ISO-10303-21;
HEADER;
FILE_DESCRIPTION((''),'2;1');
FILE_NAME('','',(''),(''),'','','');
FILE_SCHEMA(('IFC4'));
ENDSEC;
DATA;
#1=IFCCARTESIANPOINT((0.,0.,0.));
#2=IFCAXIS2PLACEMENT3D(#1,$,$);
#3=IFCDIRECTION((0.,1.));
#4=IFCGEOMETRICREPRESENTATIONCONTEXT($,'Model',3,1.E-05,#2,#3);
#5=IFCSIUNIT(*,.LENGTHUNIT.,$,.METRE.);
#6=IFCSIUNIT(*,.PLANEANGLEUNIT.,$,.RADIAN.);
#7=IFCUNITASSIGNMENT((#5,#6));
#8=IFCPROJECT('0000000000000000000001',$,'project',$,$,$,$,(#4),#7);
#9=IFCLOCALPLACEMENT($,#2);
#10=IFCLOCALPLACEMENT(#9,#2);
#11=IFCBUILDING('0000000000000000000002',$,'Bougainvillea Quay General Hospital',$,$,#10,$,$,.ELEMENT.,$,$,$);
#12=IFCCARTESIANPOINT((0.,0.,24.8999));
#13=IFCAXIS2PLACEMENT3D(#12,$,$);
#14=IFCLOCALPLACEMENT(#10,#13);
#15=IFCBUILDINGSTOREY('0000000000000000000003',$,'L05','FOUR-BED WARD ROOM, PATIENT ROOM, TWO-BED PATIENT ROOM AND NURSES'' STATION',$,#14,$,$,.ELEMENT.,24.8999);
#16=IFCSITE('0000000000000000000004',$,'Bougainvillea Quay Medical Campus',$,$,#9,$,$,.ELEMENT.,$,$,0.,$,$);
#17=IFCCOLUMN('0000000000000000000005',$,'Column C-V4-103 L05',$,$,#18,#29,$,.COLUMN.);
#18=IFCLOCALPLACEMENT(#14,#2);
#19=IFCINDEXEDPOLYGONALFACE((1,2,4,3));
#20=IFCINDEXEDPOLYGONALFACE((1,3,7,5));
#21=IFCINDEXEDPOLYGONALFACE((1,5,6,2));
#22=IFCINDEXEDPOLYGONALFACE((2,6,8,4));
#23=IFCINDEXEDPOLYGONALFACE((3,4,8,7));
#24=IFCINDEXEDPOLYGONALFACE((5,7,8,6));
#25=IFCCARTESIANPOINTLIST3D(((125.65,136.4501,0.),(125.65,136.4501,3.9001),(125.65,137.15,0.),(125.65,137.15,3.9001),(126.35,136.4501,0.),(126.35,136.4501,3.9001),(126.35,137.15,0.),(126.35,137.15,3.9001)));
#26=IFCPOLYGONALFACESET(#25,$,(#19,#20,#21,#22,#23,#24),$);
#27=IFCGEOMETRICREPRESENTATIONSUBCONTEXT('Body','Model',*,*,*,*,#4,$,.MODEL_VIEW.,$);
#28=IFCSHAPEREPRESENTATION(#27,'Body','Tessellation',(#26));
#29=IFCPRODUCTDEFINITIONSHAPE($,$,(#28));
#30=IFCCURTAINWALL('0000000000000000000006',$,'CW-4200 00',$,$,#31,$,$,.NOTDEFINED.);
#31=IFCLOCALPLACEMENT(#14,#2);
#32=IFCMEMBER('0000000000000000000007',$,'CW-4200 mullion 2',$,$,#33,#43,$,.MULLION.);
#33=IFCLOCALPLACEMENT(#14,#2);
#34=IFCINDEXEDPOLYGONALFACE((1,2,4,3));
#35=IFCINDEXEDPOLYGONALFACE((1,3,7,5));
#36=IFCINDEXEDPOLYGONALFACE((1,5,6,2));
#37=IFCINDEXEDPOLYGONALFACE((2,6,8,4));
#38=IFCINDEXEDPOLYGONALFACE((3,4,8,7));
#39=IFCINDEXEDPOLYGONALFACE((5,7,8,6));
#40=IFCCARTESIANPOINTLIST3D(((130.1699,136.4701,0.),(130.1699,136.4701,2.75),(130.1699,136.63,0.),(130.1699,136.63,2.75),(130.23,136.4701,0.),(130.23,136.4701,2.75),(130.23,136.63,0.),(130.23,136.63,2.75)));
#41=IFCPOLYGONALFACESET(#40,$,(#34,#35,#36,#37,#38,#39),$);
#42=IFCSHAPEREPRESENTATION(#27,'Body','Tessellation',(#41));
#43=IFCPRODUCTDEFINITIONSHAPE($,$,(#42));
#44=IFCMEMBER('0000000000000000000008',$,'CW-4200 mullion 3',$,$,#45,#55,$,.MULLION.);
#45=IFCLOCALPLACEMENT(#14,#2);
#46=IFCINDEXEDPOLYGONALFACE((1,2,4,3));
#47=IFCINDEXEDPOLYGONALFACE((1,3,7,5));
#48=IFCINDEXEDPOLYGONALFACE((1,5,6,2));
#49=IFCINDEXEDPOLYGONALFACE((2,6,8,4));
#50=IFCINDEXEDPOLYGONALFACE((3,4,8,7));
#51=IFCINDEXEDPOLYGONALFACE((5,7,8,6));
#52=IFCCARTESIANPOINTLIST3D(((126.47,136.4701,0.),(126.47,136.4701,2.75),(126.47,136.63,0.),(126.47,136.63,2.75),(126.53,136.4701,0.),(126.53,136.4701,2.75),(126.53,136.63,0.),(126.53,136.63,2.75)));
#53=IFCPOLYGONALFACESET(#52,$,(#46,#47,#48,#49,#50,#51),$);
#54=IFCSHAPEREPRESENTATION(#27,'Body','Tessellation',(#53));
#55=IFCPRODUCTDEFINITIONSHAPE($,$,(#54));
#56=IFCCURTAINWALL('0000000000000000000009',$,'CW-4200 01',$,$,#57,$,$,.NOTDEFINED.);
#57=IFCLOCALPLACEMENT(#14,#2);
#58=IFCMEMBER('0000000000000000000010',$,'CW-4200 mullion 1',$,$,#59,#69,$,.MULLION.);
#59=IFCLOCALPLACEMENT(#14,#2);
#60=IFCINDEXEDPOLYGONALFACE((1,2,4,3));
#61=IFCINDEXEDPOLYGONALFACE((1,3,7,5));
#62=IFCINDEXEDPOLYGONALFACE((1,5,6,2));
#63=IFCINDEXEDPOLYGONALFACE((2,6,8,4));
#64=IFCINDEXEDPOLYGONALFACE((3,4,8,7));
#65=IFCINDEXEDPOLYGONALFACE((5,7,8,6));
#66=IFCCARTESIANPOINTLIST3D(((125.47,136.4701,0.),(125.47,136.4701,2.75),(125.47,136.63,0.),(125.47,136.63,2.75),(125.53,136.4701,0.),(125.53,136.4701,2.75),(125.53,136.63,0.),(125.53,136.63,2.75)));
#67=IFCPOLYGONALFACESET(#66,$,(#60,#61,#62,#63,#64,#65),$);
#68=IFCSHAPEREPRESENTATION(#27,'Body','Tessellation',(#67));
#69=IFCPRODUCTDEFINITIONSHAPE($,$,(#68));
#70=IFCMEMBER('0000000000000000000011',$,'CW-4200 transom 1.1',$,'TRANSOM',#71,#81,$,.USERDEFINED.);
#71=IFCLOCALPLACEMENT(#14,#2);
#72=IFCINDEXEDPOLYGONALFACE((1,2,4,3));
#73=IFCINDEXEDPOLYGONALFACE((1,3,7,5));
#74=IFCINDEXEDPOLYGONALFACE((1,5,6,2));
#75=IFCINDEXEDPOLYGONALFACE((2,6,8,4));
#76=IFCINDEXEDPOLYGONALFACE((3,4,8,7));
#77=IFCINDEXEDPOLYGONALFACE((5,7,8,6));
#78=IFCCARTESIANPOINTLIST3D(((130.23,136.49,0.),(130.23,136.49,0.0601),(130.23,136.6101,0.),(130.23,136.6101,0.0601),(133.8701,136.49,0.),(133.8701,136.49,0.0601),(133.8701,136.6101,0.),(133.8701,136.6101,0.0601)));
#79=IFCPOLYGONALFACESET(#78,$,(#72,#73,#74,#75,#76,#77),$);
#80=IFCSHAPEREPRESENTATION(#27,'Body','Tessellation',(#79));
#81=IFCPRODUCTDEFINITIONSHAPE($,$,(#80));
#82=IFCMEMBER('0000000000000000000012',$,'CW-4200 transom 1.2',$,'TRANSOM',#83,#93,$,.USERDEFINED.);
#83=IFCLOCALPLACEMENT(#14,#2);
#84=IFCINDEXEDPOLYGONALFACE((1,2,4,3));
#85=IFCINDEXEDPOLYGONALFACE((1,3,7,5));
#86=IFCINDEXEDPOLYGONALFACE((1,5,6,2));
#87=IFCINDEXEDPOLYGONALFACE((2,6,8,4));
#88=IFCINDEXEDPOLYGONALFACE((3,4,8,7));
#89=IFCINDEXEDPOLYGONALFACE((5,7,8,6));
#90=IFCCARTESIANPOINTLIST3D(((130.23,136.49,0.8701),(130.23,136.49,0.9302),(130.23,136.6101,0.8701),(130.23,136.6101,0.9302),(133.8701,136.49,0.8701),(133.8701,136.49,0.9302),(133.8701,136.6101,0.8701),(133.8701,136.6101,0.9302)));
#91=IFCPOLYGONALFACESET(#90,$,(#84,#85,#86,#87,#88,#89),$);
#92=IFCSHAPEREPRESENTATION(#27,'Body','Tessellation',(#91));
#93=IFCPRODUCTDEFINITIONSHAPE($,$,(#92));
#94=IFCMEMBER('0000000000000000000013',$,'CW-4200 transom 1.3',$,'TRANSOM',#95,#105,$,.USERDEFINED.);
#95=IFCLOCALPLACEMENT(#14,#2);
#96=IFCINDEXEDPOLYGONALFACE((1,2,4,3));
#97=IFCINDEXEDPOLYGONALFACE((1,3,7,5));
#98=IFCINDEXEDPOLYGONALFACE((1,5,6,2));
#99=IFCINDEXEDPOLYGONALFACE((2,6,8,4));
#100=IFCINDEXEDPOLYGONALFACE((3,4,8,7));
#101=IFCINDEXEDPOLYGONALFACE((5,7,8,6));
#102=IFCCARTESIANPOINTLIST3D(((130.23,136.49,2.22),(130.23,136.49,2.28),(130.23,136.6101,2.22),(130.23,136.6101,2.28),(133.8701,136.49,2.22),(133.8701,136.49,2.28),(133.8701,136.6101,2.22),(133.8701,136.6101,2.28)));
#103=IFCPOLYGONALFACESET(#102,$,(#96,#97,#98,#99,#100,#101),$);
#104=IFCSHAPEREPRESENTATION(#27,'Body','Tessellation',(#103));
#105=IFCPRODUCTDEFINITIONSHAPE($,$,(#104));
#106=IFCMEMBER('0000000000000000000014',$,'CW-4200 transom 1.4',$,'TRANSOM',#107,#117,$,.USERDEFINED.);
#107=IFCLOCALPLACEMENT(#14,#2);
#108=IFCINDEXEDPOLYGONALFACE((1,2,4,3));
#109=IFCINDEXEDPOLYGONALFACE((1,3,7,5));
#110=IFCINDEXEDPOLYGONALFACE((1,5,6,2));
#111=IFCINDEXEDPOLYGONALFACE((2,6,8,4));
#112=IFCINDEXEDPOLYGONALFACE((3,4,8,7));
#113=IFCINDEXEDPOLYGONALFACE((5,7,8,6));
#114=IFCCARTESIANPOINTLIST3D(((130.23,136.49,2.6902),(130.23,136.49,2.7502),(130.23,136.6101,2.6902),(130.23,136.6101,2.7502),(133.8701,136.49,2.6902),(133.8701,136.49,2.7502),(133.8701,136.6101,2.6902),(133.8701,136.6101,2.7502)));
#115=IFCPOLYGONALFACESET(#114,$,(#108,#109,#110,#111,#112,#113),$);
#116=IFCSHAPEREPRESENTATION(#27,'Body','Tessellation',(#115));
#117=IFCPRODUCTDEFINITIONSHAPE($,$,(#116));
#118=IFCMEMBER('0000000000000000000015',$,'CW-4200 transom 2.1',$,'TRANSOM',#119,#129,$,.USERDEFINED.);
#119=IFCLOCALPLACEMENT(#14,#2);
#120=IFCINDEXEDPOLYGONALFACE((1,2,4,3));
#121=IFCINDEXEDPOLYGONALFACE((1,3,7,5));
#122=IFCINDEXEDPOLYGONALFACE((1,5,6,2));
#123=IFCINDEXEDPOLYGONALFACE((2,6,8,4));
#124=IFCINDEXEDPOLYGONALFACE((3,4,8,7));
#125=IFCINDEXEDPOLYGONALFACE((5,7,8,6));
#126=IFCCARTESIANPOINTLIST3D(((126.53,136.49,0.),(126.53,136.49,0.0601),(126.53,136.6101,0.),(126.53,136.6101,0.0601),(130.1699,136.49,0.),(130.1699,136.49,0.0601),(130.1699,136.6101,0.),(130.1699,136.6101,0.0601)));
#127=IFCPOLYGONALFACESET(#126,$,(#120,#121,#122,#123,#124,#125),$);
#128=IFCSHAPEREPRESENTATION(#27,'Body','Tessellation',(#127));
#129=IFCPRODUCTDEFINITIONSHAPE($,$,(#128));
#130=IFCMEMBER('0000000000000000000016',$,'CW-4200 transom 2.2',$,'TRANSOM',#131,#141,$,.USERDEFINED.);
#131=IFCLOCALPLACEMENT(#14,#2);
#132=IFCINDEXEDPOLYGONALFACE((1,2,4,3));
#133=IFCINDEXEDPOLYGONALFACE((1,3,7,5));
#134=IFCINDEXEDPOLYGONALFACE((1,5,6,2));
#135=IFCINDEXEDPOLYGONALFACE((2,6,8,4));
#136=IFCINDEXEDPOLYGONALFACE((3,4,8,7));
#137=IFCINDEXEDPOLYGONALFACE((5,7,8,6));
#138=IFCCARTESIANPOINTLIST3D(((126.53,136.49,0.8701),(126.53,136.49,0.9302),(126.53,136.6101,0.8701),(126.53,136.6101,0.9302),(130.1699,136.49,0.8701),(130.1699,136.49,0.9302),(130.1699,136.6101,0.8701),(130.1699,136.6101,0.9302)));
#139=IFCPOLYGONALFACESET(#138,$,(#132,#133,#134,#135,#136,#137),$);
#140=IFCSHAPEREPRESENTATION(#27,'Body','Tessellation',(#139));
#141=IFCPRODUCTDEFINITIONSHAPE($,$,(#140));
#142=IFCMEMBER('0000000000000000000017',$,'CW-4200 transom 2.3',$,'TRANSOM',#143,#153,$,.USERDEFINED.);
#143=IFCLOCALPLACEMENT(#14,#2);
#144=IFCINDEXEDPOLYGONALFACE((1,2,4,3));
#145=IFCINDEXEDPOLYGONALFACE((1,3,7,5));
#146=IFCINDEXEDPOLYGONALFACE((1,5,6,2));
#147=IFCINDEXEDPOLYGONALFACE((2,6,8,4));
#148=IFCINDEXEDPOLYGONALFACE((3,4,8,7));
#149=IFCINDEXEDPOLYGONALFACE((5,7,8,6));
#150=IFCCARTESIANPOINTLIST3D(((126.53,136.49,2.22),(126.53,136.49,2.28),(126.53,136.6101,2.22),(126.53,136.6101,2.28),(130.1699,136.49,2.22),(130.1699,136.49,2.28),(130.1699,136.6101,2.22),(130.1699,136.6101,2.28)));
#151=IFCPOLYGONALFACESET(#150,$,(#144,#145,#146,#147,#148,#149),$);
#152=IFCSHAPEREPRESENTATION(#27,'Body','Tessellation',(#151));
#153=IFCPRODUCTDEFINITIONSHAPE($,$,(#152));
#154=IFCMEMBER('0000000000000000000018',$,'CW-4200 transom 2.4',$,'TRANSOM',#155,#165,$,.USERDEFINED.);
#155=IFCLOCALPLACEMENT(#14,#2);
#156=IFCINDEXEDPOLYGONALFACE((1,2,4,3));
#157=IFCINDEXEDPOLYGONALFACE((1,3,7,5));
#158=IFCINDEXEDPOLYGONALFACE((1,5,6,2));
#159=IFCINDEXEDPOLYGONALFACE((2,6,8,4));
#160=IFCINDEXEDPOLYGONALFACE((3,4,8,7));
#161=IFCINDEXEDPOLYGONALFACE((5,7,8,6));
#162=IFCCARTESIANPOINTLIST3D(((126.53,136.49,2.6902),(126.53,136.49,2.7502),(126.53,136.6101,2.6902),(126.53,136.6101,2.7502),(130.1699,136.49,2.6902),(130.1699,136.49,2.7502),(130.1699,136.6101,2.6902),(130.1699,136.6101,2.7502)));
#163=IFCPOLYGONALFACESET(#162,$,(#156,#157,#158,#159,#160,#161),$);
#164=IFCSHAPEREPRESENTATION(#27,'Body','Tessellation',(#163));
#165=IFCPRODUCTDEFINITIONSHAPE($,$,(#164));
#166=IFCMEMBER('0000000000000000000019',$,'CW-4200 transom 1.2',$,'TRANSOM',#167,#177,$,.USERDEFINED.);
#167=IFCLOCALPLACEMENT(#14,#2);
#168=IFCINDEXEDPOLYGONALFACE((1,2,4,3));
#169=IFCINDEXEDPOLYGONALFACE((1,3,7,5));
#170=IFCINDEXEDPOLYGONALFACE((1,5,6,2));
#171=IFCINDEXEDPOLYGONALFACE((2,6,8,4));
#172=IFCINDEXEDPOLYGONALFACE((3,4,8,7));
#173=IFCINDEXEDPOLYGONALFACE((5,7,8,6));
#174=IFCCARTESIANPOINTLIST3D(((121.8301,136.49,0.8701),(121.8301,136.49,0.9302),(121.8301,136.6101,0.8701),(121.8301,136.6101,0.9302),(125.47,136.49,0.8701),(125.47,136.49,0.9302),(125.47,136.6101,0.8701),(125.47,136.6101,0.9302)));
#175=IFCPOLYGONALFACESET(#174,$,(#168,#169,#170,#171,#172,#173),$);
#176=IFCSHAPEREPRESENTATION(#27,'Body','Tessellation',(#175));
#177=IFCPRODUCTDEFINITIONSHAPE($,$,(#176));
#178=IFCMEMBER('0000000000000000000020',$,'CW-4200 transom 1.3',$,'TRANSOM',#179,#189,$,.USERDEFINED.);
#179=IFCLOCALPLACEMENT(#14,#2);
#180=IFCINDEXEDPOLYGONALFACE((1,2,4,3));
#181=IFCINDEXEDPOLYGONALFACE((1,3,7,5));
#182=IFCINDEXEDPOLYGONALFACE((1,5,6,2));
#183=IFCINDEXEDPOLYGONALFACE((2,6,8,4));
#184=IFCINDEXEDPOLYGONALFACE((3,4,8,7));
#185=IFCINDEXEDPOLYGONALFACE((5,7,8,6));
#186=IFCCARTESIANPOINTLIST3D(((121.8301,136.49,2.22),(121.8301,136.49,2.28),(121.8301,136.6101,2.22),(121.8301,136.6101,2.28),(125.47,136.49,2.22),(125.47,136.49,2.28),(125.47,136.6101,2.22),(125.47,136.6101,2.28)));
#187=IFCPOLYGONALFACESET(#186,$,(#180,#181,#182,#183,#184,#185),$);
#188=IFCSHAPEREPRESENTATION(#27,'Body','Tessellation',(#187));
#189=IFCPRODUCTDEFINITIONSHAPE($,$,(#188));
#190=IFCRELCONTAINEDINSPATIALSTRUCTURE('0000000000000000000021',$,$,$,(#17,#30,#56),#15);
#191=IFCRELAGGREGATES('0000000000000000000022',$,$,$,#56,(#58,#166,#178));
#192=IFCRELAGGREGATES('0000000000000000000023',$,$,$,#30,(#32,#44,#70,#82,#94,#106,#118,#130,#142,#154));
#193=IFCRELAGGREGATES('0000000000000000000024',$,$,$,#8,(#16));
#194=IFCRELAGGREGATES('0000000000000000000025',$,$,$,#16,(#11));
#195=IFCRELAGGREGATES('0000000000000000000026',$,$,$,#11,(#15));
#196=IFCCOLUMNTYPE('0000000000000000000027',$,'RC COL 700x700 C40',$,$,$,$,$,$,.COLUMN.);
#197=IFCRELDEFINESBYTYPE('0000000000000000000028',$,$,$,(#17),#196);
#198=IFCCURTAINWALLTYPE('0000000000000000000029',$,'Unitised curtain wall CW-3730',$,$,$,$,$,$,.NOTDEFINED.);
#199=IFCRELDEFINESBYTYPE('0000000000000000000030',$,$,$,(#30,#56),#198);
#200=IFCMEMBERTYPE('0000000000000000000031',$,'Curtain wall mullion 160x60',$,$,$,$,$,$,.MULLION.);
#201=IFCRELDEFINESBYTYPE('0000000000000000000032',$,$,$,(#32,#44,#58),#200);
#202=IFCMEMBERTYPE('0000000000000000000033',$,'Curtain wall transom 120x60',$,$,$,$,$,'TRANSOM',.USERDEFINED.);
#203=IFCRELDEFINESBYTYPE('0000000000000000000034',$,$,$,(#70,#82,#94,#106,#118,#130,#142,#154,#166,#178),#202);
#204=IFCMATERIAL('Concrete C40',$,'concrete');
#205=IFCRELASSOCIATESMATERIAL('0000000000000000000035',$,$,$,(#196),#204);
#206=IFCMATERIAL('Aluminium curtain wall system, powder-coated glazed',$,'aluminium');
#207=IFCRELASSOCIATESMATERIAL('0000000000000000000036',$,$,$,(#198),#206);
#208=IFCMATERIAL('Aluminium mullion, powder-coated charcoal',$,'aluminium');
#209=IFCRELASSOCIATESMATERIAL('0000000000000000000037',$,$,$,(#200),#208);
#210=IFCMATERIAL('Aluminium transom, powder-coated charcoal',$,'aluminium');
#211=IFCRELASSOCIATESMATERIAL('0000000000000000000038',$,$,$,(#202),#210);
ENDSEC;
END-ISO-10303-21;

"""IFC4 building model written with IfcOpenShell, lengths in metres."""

from ifc_helpers import new_model, si_unit, direction, frame, origin, origin_2d, place, context, subcontext, project, spatial, rectangle, extrude, material, material_profile, profile_set, type_object, element, aggregate, save


model = new_model("IFC4")

# Units and contexts
model_context = context("Model", 3, precision=1e-05, world=origin(), true_north=direction((0.0, 1.0)))
body_context = subcontext(model_context, "Body", "Model", "MODEL_VIEW")
ifc_project = project(units=[si_unit("LENGTHUNIT", "METRE"), si_unit("PLANEANGLEUNIT", "RADIAN")], contexts=[model_context])

# Site, building, storey
site_placement = place(None, origin())
site = spatial("IfcSite", under=ifc_project, at=site_placement, Name="Bougainvillea Quay Medical Campus", CompositionType="ELEMENT", RefElevation=0.0)
building_placement = place(site_placement, origin())
building = spatial("IfcBuilding", under=site, at=building_placement, Name="Bougainvillea Quay General Hospital", CompositionType="ELEMENT")
storey_placement = place(building_placement, frame((0.0, 0.0, 24.8999)))
storey = spatial("IfcBuildingStorey", under=building, at=storey_placement, Name="L05", Description="FOUR-BED WARD ROOM, PATIENT ROOM, TWO-BED PATIENT ROOM AND NURSES' STATION", CompositionType="ELEMENT", Elevation=24.8999)

# Column
ifc_material_1 = material(Name="Concrete C40", Category="concrete")
ifc_material_profile_1 = material_profile(ifc_material_1, rectangle(XDim=0.7, YDim=0.7, at=origin_2d()))
ifc_profile_set_1 = profile_set([ifc_material_profile_1], Name="Concrete C40")
column_type = type_object("IfcColumnType", Name="RC COL 700x700 C40", PredefinedType="COLUMN", material=ifc_profile_set_1)
column_placement = place(storey_placement, frame((126.0, 136.8, 0.0), z_axis=(0.0, 0.0, 1.0), x_axis=(1.0, 0.0, 0.0)))
element("IfcColumn", 1, at=column_placement, inside=storey, type_object=column_type, Name="Column C-V4-103 L05", PredefinedType="COLUMN", context=body_context, shape_type="SweptSolid", body=[
    extrude(rectangle(XDim=0.7, YDim=0.7, at=origin_2d()), origin(), (0.0, 0.0, 1.0), 3.9001),
])

# Curtain wall, members
ifc_material_2 = material(Name="Aluminium curtain wall system, powder-coated glazed", Category="aluminium")
curtain_wall_type = type_object("IfcCurtainWallType", Name="Unitised curtain wall CW-3730", PredefinedType="NOTDEFINED", material=ifc_material_2)
curtain_wall_1_placement = place(storey_placement, origin())
curtain_wall_1 = element("IfcCurtainWall", 2, at=curtain_wall_1_placement, inside=storey, type_object=curtain_wall_type, Name="CW-4200 00", PredefinedType="NOTDEFINED")
ifc_material_3 = material(Name="Aluminium mullion, powder-coated charcoal", Category="aluminium")
ifc_material_profile_2 = material_profile(ifc_material_3, rectangle(XDim=0.1599, YDim=0.0601, at=origin_2d()))
ifc_profile_set_2 = profile_set([ifc_material_profile_2], Name="Aluminium mullion, powder-coated charcoal")
member_type_1 = type_object("IfcMemberType", Name="Curtain wall mullion 160x60", PredefinedType="MULLION", material=ifc_profile_set_2)
member_1_placement = place(storey_placement, frame((130.2, 136.55, 0.0), z_axis=(0.0, 0.0, 1.0), x_axis=(0.0, -1.0, 0.0)))
member_1 = element("IfcMember", 3, at=member_1_placement, type_object=member_type_1, Name="CW-4200 mullion 2", PredefinedType="MULLION", context=body_context, shape_type="SweptSolid", body=[
    extrude(rectangle(XDim=0.1599, YDim=0.0601, at=origin_2d()), origin(), (0.0, 0.0, 1.0), 2.75),
])
member_2_placement = place(storey_placement, frame((126.5, 136.55, 0.0), z_axis=(0.0, 0.0, 1.0), x_axis=(0.0, -1.0, 0.0)))
member_2 = element("IfcMember", 4, at=member_2_placement, type_object=member_type_1, Name="CW-4200 mullion 3", PredefinedType="MULLION", context=body_context, shape_type="SweptSolid", body=[
    extrude(rectangle(XDim=0.1599, YDim=0.0601, at=origin_2d()), origin(), (0.0, 0.0, 1.0), 2.75),
])

# Curtain wall, member
curtain_wall_2_placement = place(storey_placement, origin())
curtain_wall_2 = element("IfcCurtainWall", 5, at=curtain_wall_2_placement, inside=storey, type_object=curtain_wall_type, Name="CW-4200 01", PredefinedType="NOTDEFINED")
member_3_placement = place(storey_placement, frame((125.5, 136.55, 0.0), z_axis=(0.0, 0.0, 1.0), x_axis=(0.0, -1.0, 0.0)))
member_3 = element("IfcMember", 6, at=member_3_placement, type_object=member_type_1, Name="CW-4200 mullion 1", PredefinedType="MULLION", context=body_context, shape_type="SweptSolid", body=[
    extrude(rectangle(XDim=0.1599, YDim=0.0601, at=origin_2d()), origin(), (0.0, 0.0, 1.0), 2.75),
])

# Members
ifc_material_4 = material(Name="Aluminium transom, powder-coated charcoal", Category="aluminium")
ifc_material_profile_3 = material_profile(ifc_material_4, rectangle(XDim=0.1201, YDim=0.0601, at=origin_2d()))
ifc_profile_set_3 = profile_set([ifc_material_profile_3], Name="Aluminium transom, powder-coated charcoal")
member_type_2 = type_object("IfcMemberType", Name="Curtain wall transom 120x60", ElementType="TRANSOM", PredefinedType="USERDEFINED", material=ifc_profile_set_3)
member_4_placement = place(storey_placement, frame((133.8701, 136.55, 0.03), z_axis=(-1.0, 0.0, 0.0), x_axis=(0.0, -1.0, 0.0)))
member_4 = element("IfcMember", 7, at=member_4_placement, type_object=member_type_2, Name="CW-4200 transom 1.1", ObjectType="TRANSOM", PredefinedType="USERDEFINED", context=body_context, shape_type="SweptSolid", body=[
    extrude(rectangle(XDim=0.1201, YDim=0.0601, at=origin_2d()), origin(), (0.0, 0.0, 1.0), 3.6401),
])
member_5_placement = place(storey_placement, frame((133.8701, 136.55, 0.9001), z_axis=(-1.0, 0.0, 0.0), x_axis=(0.0, -1.0, 0.0)))
member_5 = element("IfcMember", 8, at=member_5_placement, type_object=member_type_2, Name="CW-4200 transom 1.2", ObjectType="TRANSOM", PredefinedType="USERDEFINED", context=body_context, shape_type="SweptSolid", body=[
    extrude(rectangle(XDim=0.1201, YDim=0.0601, at=origin_2d()), origin(), (0.0, 0.0, 1.0), 3.6401),
])
member_6_placement = place(storey_placement, frame((133.8701, 136.55, 2.25), z_axis=(-1.0, 0.0, 0.0), x_axis=(0.0, -1.0, 0.0)))
member_6 = element("IfcMember", 9, at=member_6_placement, type_object=member_type_2, Name="CW-4200 transom 1.3", ObjectType="TRANSOM", PredefinedType="USERDEFINED", context=body_context, shape_type="SweptSolid", body=[
    extrude(rectangle(XDim=0.1201, YDim=0.0601, at=origin_2d()), origin(), (0.0, 0.0, 1.0), 3.6401),
])
member_7_placement = place(storey_placement, frame((133.8701, 136.55, 2.7202), z_axis=(-1.0, 0.0, 0.0), x_axis=(0.0, -1.0, 0.0)))
member_7 = element("IfcMember", 10, at=member_7_placement, type_object=member_type_2, Name="CW-4200 transom 1.4", ObjectType="TRANSOM", PredefinedType="USERDEFINED", context=body_context, shape_type="SweptSolid", body=[
    extrude(rectangle(XDim=0.1201, YDim=0.0601, at=origin_2d()), origin(), (0.0, 0.0, 1.0), 3.6401),
])
member_8_placement = place(storey_placement, frame((130.1699, 136.55, 0.03), z_axis=(-1.0, 0.0, 0.0), x_axis=(0.0, -1.0, 0.0)))
member_8 = element("IfcMember", 11, at=member_8_placement, type_object=member_type_2, Name="CW-4200 transom 2.1", ObjectType="TRANSOM", PredefinedType="USERDEFINED", context=body_context, shape_type="SweptSolid", body=[
    extrude(rectangle(XDim=0.1201, YDim=0.0601, at=origin_2d()), origin(), (0.0, 0.0, 1.0), 3.6399),
])
member_9_placement = place(storey_placement, frame((130.1699, 136.55, 0.9001), z_axis=(-1.0, 0.0, 0.0), x_axis=(0.0, -1.0, 0.0)))
member_9 = element("IfcMember", 12, at=member_9_placement, type_object=member_type_2, Name="CW-4200 transom 2.2", ObjectType="TRANSOM", PredefinedType="USERDEFINED", context=body_context, shape_type="SweptSolid", body=[
    extrude(rectangle(XDim=0.1201, YDim=0.0601, at=origin_2d()), origin(), (0.0, 0.0, 1.0), 3.6399),
])
member_10_placement = place(storey_placement, frame((130.1699, 136.55, 2.25), z_axis=(-1.0, 0.0, 0.0), x_axis=(0.0, -1.0, 0.0)))
member_10 = element("IfcMember", 13, at=member_10_placement, type_object=member_type_2, Name="CW-4200 transom 2.3", ObjectType="TRANSOM", PredefinedType="USERDEFINED", context=body_context, shape_type="SweptSolid", body=[
    extrude(rectangle(XDim=0.1201, YDim=0.0601, at=origin_2d()), origin(), (0.0, 0.0, 1.0), 3.6399),
])
member_11_placement = place(storey_placement, frame((130.1699, 136.55, 2.7202), z_axis=(-1.0, 0.0, 0.0), x_axis=(0.0, -1.0, 0.0)))
member_11 = element("IfcMember", 14, at=member_11_placement, type_object=member_type_2, Name="CW-4200 transom 2.4", ObjectType="TRANSOM", PredefinedType="USERDEFINED", context=body_context, shape_type="SweptSolid", body=[
    extrude(rectangle(XDim=0.1201, YDim=0.0601, at=origin_2d()), origin(), (0.0, 0.0, 1.0), 3.6399),
])
member_12_placement = place(storey_placement, frame((125.47, 136.55, 0.9001), z_axis=(-1.0, 0.0, 0.0), x_axis=(0.0, -1.0, 0.0)))
member_12 = element("IfcMember", 15, at=member_12_placement, type_object=member_type_2, Name="CW-4200 transom 1.2", ObjectType="TRANSOM", PredefinedType="USERDEFINED", context=body_context, shape_type="SweptSolid", body=[
    extrude(rectangle(XDim=0.1201, YDim=0.0601, at=origin_2d()), origin(), (0.0, 0.0, 1.0), 3.6399),
])
member_13_placement = place(storey_placement, frame((125.47, 136.55, 2.25), z_axis=(-1.0, 0.0, 0.0), x_axis=(0.0, -1.0, 0.0)))
member_13 = element("IfcMember", 16, at=member_13_placement, type_object=member_type_2, Name="CW-4200 transom 1.3", ObjectType="TRANSOM", PredefinedType="USERDEFINED", context=body_context, shape_type="SweptSolid", body=[
    extrude(rectangle(XDim=0.1201, YDim=0.0601, at=origin_2d()), origin(), (0.0, 0.0, 1.0), 3.6399),
])
aggregate(curtain_wall_2, [member_3, member_12, member_13])

aggregate(curtain_wall_1, [member_1, member_2, member_4, member_5, member_6, member_7, member_8, member_9, member_10, member_11])

save(model, "model.ifc")
